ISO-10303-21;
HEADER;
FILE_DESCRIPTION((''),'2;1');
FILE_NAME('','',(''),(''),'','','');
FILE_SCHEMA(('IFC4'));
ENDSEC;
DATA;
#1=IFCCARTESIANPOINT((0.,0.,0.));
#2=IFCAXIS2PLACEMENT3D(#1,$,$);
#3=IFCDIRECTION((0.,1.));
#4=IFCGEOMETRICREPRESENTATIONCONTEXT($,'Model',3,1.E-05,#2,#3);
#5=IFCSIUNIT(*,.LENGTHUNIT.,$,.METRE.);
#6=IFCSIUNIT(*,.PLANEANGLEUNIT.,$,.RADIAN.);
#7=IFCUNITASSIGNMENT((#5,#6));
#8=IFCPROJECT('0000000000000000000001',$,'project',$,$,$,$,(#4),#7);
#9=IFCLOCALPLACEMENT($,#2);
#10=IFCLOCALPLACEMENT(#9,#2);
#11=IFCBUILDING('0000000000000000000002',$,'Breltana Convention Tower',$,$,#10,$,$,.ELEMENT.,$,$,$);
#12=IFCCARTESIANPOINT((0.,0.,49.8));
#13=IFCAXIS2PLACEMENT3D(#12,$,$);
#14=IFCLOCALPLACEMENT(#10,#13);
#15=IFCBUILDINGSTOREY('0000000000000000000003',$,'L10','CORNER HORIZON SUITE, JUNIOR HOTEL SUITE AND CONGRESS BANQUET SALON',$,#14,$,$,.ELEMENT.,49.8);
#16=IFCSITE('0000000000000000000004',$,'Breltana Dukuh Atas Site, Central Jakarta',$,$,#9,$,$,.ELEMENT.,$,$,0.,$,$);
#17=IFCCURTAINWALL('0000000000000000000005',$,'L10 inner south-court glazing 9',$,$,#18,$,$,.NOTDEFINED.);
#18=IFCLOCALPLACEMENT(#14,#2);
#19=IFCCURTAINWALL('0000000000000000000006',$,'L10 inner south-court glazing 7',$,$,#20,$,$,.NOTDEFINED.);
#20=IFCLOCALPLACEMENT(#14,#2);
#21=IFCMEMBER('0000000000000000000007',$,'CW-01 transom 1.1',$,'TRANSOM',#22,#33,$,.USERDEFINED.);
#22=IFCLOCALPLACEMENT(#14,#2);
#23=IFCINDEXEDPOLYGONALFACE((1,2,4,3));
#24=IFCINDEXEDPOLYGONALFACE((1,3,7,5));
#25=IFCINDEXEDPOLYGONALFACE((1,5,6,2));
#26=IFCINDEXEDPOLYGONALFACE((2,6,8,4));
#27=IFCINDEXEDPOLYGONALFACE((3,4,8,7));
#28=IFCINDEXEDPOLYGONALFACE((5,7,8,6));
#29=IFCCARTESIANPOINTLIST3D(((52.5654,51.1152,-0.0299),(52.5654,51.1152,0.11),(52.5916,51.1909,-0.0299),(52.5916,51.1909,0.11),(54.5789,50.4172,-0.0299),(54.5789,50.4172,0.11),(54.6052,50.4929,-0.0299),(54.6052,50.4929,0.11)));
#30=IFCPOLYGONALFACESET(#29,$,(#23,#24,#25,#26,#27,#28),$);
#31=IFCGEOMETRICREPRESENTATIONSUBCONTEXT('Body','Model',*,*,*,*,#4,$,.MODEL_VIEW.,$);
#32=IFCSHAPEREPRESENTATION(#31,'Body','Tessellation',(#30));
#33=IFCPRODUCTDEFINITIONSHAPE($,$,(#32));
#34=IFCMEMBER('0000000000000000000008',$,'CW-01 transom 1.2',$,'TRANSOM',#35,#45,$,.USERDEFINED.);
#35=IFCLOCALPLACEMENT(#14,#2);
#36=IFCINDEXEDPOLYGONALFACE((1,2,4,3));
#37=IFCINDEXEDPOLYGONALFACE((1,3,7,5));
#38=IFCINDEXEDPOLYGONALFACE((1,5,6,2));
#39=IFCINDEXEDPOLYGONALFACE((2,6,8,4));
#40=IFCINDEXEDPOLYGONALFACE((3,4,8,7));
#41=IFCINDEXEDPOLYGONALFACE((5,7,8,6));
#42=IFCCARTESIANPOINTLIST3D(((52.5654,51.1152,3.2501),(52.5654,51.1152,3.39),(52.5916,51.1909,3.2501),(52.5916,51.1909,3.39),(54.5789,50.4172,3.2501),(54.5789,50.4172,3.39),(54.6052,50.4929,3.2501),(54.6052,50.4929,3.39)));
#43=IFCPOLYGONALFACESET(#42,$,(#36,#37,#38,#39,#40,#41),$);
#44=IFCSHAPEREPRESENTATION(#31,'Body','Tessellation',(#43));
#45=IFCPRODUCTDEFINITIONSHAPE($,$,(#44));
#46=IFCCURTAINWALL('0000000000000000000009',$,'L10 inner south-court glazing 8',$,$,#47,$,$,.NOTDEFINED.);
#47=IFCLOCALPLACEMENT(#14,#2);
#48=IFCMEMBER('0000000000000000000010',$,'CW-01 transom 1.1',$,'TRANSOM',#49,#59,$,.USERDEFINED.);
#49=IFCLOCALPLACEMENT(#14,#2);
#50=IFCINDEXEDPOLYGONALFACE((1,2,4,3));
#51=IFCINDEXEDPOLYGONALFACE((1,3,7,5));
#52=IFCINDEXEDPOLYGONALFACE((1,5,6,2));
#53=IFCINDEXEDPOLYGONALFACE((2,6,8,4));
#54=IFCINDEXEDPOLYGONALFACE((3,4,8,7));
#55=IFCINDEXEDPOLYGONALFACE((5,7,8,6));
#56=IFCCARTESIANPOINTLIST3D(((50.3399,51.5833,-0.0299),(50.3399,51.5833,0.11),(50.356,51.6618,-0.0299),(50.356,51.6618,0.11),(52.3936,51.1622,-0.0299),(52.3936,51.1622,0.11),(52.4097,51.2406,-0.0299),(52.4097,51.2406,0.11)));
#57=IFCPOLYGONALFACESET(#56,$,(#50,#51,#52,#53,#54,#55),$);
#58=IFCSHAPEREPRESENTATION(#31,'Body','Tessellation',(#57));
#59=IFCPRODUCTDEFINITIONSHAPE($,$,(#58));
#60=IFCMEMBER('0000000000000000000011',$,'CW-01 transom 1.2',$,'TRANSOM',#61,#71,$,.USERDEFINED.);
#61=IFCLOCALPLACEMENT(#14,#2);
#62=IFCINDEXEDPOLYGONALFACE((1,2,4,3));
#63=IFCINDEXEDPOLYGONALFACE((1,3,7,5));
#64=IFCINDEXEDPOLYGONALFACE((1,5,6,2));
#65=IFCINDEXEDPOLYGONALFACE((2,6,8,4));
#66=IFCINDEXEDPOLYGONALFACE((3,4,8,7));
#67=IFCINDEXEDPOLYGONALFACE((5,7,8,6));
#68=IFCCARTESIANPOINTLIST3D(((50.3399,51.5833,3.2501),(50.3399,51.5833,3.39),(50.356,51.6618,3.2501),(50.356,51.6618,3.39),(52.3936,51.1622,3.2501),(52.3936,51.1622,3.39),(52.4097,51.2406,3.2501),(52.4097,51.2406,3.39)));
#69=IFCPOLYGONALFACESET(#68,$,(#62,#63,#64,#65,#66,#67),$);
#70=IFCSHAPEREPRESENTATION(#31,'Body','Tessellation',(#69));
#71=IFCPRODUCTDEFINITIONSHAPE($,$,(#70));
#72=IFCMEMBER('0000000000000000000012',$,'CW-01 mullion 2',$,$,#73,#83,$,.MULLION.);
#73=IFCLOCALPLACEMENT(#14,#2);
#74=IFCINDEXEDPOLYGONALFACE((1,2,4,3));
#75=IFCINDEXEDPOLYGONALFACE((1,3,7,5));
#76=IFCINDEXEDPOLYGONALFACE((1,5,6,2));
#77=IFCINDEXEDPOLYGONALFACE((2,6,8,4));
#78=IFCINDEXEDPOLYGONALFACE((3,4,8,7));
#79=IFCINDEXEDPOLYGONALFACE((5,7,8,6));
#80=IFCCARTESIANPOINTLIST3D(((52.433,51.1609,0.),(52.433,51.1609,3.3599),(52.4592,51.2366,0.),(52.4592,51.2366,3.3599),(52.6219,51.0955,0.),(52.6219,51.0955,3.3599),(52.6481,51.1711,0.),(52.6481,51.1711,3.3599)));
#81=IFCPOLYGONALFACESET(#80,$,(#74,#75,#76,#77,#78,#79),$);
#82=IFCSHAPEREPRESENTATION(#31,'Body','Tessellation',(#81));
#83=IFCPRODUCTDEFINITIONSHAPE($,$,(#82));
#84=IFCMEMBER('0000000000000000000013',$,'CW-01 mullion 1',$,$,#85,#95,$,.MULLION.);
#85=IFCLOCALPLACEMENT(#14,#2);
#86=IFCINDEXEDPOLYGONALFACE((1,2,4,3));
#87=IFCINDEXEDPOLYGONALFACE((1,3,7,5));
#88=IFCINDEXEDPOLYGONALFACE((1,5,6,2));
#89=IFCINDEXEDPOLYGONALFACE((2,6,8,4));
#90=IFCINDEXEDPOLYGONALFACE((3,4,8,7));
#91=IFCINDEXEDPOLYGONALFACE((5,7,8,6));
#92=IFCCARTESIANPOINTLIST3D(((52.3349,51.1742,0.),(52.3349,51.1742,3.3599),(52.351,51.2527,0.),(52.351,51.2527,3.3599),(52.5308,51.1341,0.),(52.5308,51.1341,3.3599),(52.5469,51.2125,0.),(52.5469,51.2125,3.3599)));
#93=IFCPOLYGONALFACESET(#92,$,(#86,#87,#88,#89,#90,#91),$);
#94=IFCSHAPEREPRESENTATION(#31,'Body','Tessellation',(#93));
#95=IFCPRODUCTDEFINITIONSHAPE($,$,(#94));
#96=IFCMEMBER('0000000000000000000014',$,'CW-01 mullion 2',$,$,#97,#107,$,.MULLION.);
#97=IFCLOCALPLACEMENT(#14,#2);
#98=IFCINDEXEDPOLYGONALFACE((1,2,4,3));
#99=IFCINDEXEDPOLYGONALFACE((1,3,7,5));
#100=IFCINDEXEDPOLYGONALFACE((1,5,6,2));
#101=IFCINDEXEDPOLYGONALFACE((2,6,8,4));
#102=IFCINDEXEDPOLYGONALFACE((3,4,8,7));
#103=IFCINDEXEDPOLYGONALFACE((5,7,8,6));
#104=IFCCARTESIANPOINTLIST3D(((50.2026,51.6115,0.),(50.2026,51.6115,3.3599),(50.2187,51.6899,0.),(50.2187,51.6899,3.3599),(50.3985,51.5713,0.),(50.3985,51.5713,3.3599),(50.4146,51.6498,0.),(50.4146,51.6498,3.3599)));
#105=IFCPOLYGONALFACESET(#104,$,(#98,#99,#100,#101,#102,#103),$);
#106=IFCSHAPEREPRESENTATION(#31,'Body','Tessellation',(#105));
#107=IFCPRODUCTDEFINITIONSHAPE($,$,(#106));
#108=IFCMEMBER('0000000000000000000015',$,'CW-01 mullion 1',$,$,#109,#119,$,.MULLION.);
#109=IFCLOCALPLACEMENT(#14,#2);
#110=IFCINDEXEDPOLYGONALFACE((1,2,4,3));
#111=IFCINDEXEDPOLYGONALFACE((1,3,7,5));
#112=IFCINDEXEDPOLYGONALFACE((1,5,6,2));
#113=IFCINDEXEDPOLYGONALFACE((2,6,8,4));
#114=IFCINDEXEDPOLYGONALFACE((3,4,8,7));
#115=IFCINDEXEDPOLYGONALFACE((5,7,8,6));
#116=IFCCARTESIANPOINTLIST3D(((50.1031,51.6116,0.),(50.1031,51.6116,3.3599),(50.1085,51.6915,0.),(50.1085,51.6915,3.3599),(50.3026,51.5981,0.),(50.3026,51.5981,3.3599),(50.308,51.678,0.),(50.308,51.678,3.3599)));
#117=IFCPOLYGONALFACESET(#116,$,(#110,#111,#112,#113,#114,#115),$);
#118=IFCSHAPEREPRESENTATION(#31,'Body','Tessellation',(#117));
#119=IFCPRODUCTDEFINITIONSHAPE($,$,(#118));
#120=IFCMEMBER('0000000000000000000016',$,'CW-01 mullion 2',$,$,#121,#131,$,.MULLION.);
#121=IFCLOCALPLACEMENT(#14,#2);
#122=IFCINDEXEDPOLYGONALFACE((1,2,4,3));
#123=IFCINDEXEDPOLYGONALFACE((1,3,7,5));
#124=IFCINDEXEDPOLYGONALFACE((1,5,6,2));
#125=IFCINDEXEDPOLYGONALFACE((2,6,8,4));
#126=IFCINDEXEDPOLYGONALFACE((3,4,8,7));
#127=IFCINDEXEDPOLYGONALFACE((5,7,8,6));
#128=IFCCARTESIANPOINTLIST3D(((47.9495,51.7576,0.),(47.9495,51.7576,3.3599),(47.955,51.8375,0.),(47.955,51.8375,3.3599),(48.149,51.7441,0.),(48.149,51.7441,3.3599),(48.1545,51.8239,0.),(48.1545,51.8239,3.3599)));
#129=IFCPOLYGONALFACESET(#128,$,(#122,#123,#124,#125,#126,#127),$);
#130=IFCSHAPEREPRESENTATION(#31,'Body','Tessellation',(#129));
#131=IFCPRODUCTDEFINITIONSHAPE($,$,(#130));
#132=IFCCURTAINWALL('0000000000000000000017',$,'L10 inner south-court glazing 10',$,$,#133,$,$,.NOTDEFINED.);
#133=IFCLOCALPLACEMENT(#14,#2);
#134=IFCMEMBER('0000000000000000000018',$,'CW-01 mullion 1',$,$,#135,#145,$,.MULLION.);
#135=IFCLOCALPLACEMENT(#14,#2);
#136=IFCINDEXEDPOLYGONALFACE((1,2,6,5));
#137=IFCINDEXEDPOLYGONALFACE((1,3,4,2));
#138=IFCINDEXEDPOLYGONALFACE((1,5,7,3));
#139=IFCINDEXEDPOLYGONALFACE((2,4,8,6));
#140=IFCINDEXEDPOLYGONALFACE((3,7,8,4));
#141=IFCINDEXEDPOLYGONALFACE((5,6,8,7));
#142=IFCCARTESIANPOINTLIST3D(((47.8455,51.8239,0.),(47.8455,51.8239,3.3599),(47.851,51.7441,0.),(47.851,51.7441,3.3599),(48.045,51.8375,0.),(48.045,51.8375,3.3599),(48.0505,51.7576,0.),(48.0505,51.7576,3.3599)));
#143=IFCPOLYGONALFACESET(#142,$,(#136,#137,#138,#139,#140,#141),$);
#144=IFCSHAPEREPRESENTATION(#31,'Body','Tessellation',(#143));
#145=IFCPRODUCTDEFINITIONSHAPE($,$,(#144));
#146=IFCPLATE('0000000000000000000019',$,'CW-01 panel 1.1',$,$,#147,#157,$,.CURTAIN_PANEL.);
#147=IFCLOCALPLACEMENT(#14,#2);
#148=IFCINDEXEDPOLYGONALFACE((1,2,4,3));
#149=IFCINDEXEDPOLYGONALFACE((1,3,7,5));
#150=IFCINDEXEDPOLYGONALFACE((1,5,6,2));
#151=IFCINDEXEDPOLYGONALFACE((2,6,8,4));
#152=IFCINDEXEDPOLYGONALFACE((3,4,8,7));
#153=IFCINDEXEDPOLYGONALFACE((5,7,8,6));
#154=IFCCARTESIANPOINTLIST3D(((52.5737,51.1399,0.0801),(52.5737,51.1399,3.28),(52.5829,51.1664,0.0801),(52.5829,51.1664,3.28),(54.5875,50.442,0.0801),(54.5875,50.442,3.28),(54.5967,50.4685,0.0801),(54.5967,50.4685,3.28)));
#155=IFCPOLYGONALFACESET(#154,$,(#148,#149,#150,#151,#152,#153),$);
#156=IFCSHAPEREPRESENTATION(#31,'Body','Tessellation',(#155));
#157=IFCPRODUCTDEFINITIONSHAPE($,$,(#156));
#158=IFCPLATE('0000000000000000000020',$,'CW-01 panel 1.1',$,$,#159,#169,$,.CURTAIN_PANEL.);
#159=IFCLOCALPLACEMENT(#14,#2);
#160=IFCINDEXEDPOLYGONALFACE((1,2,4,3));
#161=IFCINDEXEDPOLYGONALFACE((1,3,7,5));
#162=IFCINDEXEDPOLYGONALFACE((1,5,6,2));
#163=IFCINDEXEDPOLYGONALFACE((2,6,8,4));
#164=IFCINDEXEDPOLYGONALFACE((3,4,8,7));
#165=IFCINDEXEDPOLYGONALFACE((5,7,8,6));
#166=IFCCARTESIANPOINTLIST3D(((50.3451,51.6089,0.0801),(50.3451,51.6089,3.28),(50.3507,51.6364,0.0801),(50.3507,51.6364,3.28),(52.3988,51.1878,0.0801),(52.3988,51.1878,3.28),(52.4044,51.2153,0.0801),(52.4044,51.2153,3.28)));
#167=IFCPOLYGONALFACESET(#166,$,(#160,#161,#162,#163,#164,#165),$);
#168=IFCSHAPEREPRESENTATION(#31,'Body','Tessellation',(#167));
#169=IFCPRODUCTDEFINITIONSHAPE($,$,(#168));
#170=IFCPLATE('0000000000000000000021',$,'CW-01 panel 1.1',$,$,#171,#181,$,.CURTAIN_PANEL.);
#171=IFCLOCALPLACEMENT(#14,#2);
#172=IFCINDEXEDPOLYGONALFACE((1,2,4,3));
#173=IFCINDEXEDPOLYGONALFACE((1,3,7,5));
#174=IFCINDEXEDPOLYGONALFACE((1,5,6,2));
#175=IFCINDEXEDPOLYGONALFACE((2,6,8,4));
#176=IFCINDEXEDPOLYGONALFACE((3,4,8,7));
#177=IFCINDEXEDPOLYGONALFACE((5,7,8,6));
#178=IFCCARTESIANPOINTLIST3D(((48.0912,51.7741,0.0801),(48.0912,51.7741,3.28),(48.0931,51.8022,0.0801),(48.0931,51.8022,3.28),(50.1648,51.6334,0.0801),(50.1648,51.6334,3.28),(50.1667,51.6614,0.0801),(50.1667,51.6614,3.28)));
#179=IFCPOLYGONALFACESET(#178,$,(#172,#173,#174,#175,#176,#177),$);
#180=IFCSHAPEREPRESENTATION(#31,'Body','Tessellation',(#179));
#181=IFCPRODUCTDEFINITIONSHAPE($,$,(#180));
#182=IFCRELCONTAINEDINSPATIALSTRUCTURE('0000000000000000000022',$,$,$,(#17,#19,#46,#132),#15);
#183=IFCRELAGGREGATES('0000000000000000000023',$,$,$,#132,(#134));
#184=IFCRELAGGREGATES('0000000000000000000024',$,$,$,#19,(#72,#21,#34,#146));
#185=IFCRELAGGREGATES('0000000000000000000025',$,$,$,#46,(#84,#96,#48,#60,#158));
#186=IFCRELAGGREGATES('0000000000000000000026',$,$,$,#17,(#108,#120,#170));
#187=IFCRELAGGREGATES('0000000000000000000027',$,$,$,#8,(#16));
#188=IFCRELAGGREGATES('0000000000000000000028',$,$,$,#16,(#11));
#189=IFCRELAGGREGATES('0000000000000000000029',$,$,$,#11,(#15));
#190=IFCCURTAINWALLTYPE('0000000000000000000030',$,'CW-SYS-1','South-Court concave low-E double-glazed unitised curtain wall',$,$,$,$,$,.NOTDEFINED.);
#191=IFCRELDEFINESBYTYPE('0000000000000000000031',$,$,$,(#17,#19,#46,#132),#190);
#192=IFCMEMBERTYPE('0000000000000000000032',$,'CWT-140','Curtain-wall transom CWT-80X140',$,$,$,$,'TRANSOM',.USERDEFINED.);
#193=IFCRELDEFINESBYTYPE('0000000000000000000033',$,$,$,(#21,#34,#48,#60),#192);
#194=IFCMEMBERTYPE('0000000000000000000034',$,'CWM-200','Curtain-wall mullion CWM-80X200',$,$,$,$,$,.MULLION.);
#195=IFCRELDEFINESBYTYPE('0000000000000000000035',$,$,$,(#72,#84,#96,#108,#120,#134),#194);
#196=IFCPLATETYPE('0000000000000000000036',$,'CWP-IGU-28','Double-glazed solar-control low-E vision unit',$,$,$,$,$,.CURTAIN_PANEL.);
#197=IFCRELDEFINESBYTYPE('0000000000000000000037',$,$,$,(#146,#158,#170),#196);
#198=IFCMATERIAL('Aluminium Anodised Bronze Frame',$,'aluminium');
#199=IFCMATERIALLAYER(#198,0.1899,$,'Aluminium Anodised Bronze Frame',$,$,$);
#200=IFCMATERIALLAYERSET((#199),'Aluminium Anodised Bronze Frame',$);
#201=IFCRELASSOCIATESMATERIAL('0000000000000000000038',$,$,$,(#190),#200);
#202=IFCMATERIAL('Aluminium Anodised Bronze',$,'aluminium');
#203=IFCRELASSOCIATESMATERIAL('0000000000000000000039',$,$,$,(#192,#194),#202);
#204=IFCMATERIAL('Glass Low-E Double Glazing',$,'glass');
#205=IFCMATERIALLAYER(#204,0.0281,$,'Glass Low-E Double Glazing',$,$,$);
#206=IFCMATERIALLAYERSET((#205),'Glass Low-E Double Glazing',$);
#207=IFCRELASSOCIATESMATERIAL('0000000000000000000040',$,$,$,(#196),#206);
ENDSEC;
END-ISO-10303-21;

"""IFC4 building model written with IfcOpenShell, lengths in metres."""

from ifc_helpers import new_model, si_unit, direction, frame, origin, origin_2d, place, context, subcontext, project, spatial, rectangle, extrude, source, transform, mapped, material, layer, layer_set, material_profile, profile_set, type_object, element, aggregate, save


model = new_model("IFC4")

# Units and contexts
model_context = context("Model", 3, precision=1e-05, world=origin(), true_north=direction((0.0, 1.0)))
body_context = subcontext(model_context, "Body", "Model", "MODEL_VIEW")
ifc_project = project(units=[si_unit("LENGTHUNIT", "METRE"), si_unit("PLANEANGLEUNIT", "RADIAN")], contexts=[model_context])

# Site, building, storey
site_placement = place(None, origin())
site = spatial("IfcSite", under=ifc_project, at=site_placement, Name="Breltana Dukuh Atas Site, Central Jakarta", CompositionType="ELEMENT", RefElevation=0.0)
building_placement = place(site_placement, origin())
building = spatial("IfcBuilding", under=site, at=building_placement, Name="Breltana Convention Tower", CompositionType="ELEMENT")
storey_placement = place(building_placement, frame((0.0, 0.0, 49.8)))
storey = spatial("IfcBuildingStorey", under=building, at=storey_placement, Name="L10", Description="CORNER HORIZON SUITE, JUNIOR HOTEL SUITE AND CONGRESS BANQUET SALON", CompositionType="ELEMENT", Elevation=49.8)

# Curtain walls, members
ifc_material_1 = material(Name="Aluminium Anodised Bronze Frame", Category="aluminium")
ifc_layer_1 = layer(ifc_material_1, 0.1899, Name="Aluminium Anodised Bronze Frame")
ifc_layer_set_1 = layer_set([ifc_layer_1], Name="Aluminium Anodised Bronze Frame")
curtain_wall_type = type_object("IfcCurtainWallType", Name="CW-SYS-1", Description="South-Court concave low-E double-glazed unitised curtain wall", PredefinedType="NOTDEFINED", material=ifc_layer_set_1)
curtain_wall_1_placement = place(storey_placement, origin())
curtain_wall_1 = element("IfcCurtainWall", 1, at=curtain_wall_1_placement, inside=storey, type_object=curtain_wall_type, Name="L10 inner south-court glazing 9", PredefinedType="NOTDEFINED")
ifc_material_2 = material(Name="Aluminium Anodised Bronze", Category="aluminium")
ifc_material_profile_1 = material_profile(ifc_material_2, rectangle(XDim=0.0801, YDim=0.1399, at=origin_2d()), Name="CWT-80X140")
ifc_profile_set_1 = profile_set([ifc_material_profile_1], Name="Aluminium Anodised Bronze")
member_type_1 = type_object("IfcMemberType", Name="CWT-140", Description="Curtain-wall transom CWT-80X140", ElementType="TRANSOM", PredefinedType="USERDEFINED", material=ifc_profile_set_1)
curtain_wall_2_placement = place(storey_placement, origin())
curtain_wall_2 = element("IfcCurtainWall", 2, at=curtain_wall_2_placement, inside=storey, type_object=curtain_wall_type, Name="L10 inner south-court glazing 7", PredefinedType="NOTDEFINED")
shared_shape_1 = source(origin(), body_context, "Body", "SweptSolid", [
    extrude(rectangle(XDim=0.0801, YDim=0.1399, at=origin_2d()), origin(), (0.0, 0.0, 1.0), 2.1311),
])
member_1_placement = place(storey_placement, frame((54.592, 50.4551, 0.04), z_axis=(-0.944847, 0.327512, 0.0), x_axis=(-0.327512, -0.944847, 0.0)))
member_1 = element("IfcMember", 3, at=member_1_placement, type_object=member_type_1, Name="CW-01 transom 1.1", ObjectType="TRANSOM", PredefinedType="USERDEFINED", context=body_context, shape_type="MappedRepresentation", body=[
    mapped(shared_shape_1, transform((0.0, 0.0, 0.0), scale=1.0)),
])
member_2_placement = place(storey_placement, frame((54.592, 50.4551, 3.3201), z_axis=(-0.944847, 0.327512, 0.0), x_axis=(-0.327512, -0.944847, 0.0)))
member_2 = element("IfcMember", 4, at=member_2_placement, type_object=member_type_1, Name="CW-01 transom 1.2", ObjectType="TRANSOM", PredefinedType="USERDEFINED", context=body_context, shape_type="MappedRepresentation", body=[
    mapped(shared_shape_1, transform((0.0, 0.0, 0.0), scale=1.0)),
])
curtain_wall_3_placement = place(storey_placement, origin())
curtain_wall_3 = element("IfcCurtainWall", 5, at=curtain_wall_3_placement, inside=storey, type_object=curtain_wall_type, Name="L10 inner south-court glazing 8", PredefinedType="NOTDEFINED")
shared_shape_2 = source(origin(), body_context, "Body", "SweptSolid", [
    extrude(rectangle(XDim=0.0801, YDim=0.1399, at=origin_2d()), origin(), (0.0, 0.0, 1.0), 2.0964),
])
member_3_placement = place(storey_placement, frame((52.4016, 51.2014, 0.04), z_axis=(-0.979615, 0.200884, 0.0), x_axis=(-0.200884, -0.979615, 0.0)))
member_3 = element("IfcMember", 6, at=member_3_placement, type_object=member_type_1, Name="CW-01 transom 1.1", ObjectType="TRANSOM", PredefinedType="USERDEFINED", context=body_context, shape_type="MappedRepresentation", body=[
    mapped(shared_shape_2, transform((0.0, 0.0, 0.0), scale=1.0)),
])
member_4_placement = place(storey_placement, frame((52.4016, 51.2014, 3.3201), z_axis=(-0.979615, 0.200884, 0.0), x_axis=(-0.200884, -0.979615, 0.0)))
member_4 = element("IfcMember", 7, at=member_4_placement, type_object=member_type_1, Name="CW-01 transom 1.2", ObjectType="TRANSOM", PredefinedType="USERDEFINED", context=body_context, shape_type="MappedRepresentation", body=[
    mapped(shared_shape_2, transform((0.0, 0.0, 0.0), scale=1.0)),
])

# Members
ifc_material_profile_2 = material_profile(ifc_material_2, rectangle(XDim=0.0801, YDim=0.2, at=origin_2d()), Name="CWM-80X200")
ifc_profile_set_2 = profile_set([ifc_material_profile_2], Name="Aluminium Anodised Bronze")
member_type_2 = type_object("IfcMemberType", Name="CWM-200", Description="Curtain-wall mullion CWM-80X200", PredefinedType="MULLION", material=ifc_profile_set_2)
shared_shape_3 = source(origin(), body_context, "Body", "SweptSolid", [
    extrude(rectangle(XDim=0.0801, YDim=0.2, at=origin_2d()), origin(), (0.0, 0.0, 1.0), 3.3599),
])
member_5_placement = place(storey_placement, frame((52.5405, 51.166, 0.0), z_axis=(0.0, 0.0, 1.0), x_axis=(-0.327413, -0.944881, 0.0)))
member_5 = element("IfcMember", 8, at=member_5_placement, type_object=member_type_2, Name="CW-01 mullion 2", PredefinedType="MULLION", context=body_context, shape_type="MappedRepresentation", body=[
    mapped(shared_shape_3, transform((0.0, 0.0, 0.0), scale=1.0)),
])
member_6_placement = place(storey_placement, frame((52.4409, 51.1934, 0.0), z_axis=(0.0, 0.0, 1.0), x_axis=(-0.200886, -0.979615, 0.0)))
member_6 = element("IfcMember", 9, at=member_6_placement, type_object=member_type_2, Name="CW-01 mullion 1", PredefinedType="MULLION", context=body_context, shape_type="MappedRepresentation", body=[
    mapped(shared_shape_3, transform((0.0, 0.0, 0.0), scale=1.0)),
])
member_7_placement = place(storey_placement, frame((50.3086, 51.6306, 0.0), z_axis=(0.0, 0.0, 1.0), x_axis=(-0.200886, -0.979615, 0.0)))
member_7 = element("IfcMember", 10, at=member_7_placement, type_object=member_type_2, Name="CW-01 mullion 2", PredefinedType="MULLION", context=body_context, shape_type="MappedRepresentation", body=[
    mapped(shared_shape_3, transform((0.0, 0.0, 0.0), scale=1.0)),
])
member_8_placement = place(storey_placement, frame((50.2056, 51.6448, 0.0), z_axis=(0.0, 0.0, 1.0), x_axis=(-0.067726, -0.997704, 0.0)))
member_8 = element("IfcMember", 11, at=member_8_placement, type_object=member_type_2, Name="CW-01 mullion 1", PredefinedType="MULLION", context=body_context, shape_type="MappedRepresentation", body=[
    mapped(shared_shape_3, transform((0.0, 0.0, 0.0), scale=1.0)),
])
member_9_placement = place(storey_placement, frame((48.052, 51.7908, 0.0), z_axis=(0.0, 0.0, 1.0), x_axis=(-0.067726, -0.997704, 0.0)))
member_9 = element("IfcMember", 12, at=member_9_placement, type_object=member_type_2, Name="CW-01 mullion 2", PredefinedType="MULLION", context=body_context, shape_type="MappedRepresentation", body=[
    mapped(shared_shape_3, transform((0.0, 0.0, 0.0), scale=1.0)),
])

# Curtain wall, member
curtain_wall_4_placement = place(storey_placement, origin())
curtain_wall_4 = element("IfcCurtainWall", 13, at=curtain_wall_4_placement, inside=storey, type_object=curtain_wall_type, Name="L10 inner south-court glazing 10", PredefinedType="NOTDEFINED")
member_10_placement = place(storey_placement, frame((47.948, 51.7908, 0.0), z_axis=(0.0, 0.0, 1.0), x_axis=(0.067726, -0.997704, 0.0)))
member_10 = element("IfcMember", 14, at=member_10_placement, type_object=member_type_2, Name="CW-01 mullion 1", PredefinedType="MULLION", context=body_context, shape_type="MappedRepresentation", body=[
    mapped(shared_shape_3, transform((0.0, 0.0, 0.0), scale=1.0)),
])
aggregate(curtain_wall_4, [member_10])

# Plates
ifc_material_3 = material(Name="Glass Low-E Double Glazing", Category="glass")
ifc_layer_2 = layer(ifc_material_3, 0.0281, Name="Glass Low-E Double Glazing")
ifc_layer_set_2 = layer_set([ifc_layer_2], Name="Glass Low-E Double Glazing")
plate_type = type_object("IfcPlateType", Name="CWP-IGU-28", Description="Double-glazed solar-control low-E vision unit", PredefinedType="CURTAIN_PANEL", material=ifc_layer_set_2)
shared_shape_4 = source(origin(), body_context, "Body", "SweptSolid", [
    extrude(rectangle(XDim=2.1313, YDim=0.0281, at=origin_2d()), origin(), (0.0, 0.0, 1.0), 3.2),
])
plate_1_placement = place(storey_placement, frame((53.5852, 50.8042, 0.0801), z_axis=(0.0, 0.0, 1.0), x_axis=(-0.944881, 0.327413, 0.0)))
plate_1 = element("IfcPlate", 15, at=plate_1_placement, type_object=plate_type, Name="CW-01 panel 1.1", PredefinedType="CURTAIN_PANEL", context=body_context, shape_type="MappedRepresentation", body=[
    mapped(shared_shape_4, transform((0.0, 0.0, 0.0), scale=1.0)),
])
aggregate(curtain_wall_2, [member_5, member_1, member_2, plate_1])
shared_shape_5 = source(origin(), body_context, "Body", "SweptSolid", [
    extrude(rectangle(XDim=2.0964, YDim=0.0281, at=origin_2d()), origin(), (0.0, 0.0, 1.0), 3.2),
])
plate_2_placement = place(storey_placement, frame((51.3748, 51.4121, 0.0801), z_axis=(0.0, 0.0, 1.0), x_axis=(-0.979615, 0.200886, 0.0)))
plate_2 = element("IfcPlate", 16, at=plate_2_placement, type_object=plate_type, Name="CW-01 panel 1.1", PredefinedType="CURTAIN_PANEL", context=body_context, shape_type="MappedRepresentation", body=[
    mapped(shared_shape_5, transform((0.0, 0.0, 0.0), scale=1.0)),
])
aggregate(curtain_wall_3, [member_6, member_7, member_3, member_4, plate_2])
shared_shape_6 = source(origin(), body_context, "Body", "SweptSolid", [
    extrude(rectangle(XDim=2.0784, YDim=0.0281, at=origin_2d()), origin(), (0.0, 0.0, 1.0), 3.2),
])
plate_3_placement = place(storey_placement, frame((49.1289, 51.7178, 0.0801), z_axis=(0.0, 0.0, 1.0), x_axis=(-0.997704, 0.067726, 0.0)))
plate_3 = element("IfcPlate", 17, at=plate_3_placement, type_object=plate_type, Name="CW-01 panel 1.1", PredefinedType="CURTAIN_PANEL", context=body_context, shape_type="MappedRepresentation", body=[
    mapped(shared_shape_6, transform((0.0, 0.0, 0.0), scale=1.0)),
])
aggregate(curtain_wall_1, [member_8, member_9, plate_3])

save(model, "model.ifc")
